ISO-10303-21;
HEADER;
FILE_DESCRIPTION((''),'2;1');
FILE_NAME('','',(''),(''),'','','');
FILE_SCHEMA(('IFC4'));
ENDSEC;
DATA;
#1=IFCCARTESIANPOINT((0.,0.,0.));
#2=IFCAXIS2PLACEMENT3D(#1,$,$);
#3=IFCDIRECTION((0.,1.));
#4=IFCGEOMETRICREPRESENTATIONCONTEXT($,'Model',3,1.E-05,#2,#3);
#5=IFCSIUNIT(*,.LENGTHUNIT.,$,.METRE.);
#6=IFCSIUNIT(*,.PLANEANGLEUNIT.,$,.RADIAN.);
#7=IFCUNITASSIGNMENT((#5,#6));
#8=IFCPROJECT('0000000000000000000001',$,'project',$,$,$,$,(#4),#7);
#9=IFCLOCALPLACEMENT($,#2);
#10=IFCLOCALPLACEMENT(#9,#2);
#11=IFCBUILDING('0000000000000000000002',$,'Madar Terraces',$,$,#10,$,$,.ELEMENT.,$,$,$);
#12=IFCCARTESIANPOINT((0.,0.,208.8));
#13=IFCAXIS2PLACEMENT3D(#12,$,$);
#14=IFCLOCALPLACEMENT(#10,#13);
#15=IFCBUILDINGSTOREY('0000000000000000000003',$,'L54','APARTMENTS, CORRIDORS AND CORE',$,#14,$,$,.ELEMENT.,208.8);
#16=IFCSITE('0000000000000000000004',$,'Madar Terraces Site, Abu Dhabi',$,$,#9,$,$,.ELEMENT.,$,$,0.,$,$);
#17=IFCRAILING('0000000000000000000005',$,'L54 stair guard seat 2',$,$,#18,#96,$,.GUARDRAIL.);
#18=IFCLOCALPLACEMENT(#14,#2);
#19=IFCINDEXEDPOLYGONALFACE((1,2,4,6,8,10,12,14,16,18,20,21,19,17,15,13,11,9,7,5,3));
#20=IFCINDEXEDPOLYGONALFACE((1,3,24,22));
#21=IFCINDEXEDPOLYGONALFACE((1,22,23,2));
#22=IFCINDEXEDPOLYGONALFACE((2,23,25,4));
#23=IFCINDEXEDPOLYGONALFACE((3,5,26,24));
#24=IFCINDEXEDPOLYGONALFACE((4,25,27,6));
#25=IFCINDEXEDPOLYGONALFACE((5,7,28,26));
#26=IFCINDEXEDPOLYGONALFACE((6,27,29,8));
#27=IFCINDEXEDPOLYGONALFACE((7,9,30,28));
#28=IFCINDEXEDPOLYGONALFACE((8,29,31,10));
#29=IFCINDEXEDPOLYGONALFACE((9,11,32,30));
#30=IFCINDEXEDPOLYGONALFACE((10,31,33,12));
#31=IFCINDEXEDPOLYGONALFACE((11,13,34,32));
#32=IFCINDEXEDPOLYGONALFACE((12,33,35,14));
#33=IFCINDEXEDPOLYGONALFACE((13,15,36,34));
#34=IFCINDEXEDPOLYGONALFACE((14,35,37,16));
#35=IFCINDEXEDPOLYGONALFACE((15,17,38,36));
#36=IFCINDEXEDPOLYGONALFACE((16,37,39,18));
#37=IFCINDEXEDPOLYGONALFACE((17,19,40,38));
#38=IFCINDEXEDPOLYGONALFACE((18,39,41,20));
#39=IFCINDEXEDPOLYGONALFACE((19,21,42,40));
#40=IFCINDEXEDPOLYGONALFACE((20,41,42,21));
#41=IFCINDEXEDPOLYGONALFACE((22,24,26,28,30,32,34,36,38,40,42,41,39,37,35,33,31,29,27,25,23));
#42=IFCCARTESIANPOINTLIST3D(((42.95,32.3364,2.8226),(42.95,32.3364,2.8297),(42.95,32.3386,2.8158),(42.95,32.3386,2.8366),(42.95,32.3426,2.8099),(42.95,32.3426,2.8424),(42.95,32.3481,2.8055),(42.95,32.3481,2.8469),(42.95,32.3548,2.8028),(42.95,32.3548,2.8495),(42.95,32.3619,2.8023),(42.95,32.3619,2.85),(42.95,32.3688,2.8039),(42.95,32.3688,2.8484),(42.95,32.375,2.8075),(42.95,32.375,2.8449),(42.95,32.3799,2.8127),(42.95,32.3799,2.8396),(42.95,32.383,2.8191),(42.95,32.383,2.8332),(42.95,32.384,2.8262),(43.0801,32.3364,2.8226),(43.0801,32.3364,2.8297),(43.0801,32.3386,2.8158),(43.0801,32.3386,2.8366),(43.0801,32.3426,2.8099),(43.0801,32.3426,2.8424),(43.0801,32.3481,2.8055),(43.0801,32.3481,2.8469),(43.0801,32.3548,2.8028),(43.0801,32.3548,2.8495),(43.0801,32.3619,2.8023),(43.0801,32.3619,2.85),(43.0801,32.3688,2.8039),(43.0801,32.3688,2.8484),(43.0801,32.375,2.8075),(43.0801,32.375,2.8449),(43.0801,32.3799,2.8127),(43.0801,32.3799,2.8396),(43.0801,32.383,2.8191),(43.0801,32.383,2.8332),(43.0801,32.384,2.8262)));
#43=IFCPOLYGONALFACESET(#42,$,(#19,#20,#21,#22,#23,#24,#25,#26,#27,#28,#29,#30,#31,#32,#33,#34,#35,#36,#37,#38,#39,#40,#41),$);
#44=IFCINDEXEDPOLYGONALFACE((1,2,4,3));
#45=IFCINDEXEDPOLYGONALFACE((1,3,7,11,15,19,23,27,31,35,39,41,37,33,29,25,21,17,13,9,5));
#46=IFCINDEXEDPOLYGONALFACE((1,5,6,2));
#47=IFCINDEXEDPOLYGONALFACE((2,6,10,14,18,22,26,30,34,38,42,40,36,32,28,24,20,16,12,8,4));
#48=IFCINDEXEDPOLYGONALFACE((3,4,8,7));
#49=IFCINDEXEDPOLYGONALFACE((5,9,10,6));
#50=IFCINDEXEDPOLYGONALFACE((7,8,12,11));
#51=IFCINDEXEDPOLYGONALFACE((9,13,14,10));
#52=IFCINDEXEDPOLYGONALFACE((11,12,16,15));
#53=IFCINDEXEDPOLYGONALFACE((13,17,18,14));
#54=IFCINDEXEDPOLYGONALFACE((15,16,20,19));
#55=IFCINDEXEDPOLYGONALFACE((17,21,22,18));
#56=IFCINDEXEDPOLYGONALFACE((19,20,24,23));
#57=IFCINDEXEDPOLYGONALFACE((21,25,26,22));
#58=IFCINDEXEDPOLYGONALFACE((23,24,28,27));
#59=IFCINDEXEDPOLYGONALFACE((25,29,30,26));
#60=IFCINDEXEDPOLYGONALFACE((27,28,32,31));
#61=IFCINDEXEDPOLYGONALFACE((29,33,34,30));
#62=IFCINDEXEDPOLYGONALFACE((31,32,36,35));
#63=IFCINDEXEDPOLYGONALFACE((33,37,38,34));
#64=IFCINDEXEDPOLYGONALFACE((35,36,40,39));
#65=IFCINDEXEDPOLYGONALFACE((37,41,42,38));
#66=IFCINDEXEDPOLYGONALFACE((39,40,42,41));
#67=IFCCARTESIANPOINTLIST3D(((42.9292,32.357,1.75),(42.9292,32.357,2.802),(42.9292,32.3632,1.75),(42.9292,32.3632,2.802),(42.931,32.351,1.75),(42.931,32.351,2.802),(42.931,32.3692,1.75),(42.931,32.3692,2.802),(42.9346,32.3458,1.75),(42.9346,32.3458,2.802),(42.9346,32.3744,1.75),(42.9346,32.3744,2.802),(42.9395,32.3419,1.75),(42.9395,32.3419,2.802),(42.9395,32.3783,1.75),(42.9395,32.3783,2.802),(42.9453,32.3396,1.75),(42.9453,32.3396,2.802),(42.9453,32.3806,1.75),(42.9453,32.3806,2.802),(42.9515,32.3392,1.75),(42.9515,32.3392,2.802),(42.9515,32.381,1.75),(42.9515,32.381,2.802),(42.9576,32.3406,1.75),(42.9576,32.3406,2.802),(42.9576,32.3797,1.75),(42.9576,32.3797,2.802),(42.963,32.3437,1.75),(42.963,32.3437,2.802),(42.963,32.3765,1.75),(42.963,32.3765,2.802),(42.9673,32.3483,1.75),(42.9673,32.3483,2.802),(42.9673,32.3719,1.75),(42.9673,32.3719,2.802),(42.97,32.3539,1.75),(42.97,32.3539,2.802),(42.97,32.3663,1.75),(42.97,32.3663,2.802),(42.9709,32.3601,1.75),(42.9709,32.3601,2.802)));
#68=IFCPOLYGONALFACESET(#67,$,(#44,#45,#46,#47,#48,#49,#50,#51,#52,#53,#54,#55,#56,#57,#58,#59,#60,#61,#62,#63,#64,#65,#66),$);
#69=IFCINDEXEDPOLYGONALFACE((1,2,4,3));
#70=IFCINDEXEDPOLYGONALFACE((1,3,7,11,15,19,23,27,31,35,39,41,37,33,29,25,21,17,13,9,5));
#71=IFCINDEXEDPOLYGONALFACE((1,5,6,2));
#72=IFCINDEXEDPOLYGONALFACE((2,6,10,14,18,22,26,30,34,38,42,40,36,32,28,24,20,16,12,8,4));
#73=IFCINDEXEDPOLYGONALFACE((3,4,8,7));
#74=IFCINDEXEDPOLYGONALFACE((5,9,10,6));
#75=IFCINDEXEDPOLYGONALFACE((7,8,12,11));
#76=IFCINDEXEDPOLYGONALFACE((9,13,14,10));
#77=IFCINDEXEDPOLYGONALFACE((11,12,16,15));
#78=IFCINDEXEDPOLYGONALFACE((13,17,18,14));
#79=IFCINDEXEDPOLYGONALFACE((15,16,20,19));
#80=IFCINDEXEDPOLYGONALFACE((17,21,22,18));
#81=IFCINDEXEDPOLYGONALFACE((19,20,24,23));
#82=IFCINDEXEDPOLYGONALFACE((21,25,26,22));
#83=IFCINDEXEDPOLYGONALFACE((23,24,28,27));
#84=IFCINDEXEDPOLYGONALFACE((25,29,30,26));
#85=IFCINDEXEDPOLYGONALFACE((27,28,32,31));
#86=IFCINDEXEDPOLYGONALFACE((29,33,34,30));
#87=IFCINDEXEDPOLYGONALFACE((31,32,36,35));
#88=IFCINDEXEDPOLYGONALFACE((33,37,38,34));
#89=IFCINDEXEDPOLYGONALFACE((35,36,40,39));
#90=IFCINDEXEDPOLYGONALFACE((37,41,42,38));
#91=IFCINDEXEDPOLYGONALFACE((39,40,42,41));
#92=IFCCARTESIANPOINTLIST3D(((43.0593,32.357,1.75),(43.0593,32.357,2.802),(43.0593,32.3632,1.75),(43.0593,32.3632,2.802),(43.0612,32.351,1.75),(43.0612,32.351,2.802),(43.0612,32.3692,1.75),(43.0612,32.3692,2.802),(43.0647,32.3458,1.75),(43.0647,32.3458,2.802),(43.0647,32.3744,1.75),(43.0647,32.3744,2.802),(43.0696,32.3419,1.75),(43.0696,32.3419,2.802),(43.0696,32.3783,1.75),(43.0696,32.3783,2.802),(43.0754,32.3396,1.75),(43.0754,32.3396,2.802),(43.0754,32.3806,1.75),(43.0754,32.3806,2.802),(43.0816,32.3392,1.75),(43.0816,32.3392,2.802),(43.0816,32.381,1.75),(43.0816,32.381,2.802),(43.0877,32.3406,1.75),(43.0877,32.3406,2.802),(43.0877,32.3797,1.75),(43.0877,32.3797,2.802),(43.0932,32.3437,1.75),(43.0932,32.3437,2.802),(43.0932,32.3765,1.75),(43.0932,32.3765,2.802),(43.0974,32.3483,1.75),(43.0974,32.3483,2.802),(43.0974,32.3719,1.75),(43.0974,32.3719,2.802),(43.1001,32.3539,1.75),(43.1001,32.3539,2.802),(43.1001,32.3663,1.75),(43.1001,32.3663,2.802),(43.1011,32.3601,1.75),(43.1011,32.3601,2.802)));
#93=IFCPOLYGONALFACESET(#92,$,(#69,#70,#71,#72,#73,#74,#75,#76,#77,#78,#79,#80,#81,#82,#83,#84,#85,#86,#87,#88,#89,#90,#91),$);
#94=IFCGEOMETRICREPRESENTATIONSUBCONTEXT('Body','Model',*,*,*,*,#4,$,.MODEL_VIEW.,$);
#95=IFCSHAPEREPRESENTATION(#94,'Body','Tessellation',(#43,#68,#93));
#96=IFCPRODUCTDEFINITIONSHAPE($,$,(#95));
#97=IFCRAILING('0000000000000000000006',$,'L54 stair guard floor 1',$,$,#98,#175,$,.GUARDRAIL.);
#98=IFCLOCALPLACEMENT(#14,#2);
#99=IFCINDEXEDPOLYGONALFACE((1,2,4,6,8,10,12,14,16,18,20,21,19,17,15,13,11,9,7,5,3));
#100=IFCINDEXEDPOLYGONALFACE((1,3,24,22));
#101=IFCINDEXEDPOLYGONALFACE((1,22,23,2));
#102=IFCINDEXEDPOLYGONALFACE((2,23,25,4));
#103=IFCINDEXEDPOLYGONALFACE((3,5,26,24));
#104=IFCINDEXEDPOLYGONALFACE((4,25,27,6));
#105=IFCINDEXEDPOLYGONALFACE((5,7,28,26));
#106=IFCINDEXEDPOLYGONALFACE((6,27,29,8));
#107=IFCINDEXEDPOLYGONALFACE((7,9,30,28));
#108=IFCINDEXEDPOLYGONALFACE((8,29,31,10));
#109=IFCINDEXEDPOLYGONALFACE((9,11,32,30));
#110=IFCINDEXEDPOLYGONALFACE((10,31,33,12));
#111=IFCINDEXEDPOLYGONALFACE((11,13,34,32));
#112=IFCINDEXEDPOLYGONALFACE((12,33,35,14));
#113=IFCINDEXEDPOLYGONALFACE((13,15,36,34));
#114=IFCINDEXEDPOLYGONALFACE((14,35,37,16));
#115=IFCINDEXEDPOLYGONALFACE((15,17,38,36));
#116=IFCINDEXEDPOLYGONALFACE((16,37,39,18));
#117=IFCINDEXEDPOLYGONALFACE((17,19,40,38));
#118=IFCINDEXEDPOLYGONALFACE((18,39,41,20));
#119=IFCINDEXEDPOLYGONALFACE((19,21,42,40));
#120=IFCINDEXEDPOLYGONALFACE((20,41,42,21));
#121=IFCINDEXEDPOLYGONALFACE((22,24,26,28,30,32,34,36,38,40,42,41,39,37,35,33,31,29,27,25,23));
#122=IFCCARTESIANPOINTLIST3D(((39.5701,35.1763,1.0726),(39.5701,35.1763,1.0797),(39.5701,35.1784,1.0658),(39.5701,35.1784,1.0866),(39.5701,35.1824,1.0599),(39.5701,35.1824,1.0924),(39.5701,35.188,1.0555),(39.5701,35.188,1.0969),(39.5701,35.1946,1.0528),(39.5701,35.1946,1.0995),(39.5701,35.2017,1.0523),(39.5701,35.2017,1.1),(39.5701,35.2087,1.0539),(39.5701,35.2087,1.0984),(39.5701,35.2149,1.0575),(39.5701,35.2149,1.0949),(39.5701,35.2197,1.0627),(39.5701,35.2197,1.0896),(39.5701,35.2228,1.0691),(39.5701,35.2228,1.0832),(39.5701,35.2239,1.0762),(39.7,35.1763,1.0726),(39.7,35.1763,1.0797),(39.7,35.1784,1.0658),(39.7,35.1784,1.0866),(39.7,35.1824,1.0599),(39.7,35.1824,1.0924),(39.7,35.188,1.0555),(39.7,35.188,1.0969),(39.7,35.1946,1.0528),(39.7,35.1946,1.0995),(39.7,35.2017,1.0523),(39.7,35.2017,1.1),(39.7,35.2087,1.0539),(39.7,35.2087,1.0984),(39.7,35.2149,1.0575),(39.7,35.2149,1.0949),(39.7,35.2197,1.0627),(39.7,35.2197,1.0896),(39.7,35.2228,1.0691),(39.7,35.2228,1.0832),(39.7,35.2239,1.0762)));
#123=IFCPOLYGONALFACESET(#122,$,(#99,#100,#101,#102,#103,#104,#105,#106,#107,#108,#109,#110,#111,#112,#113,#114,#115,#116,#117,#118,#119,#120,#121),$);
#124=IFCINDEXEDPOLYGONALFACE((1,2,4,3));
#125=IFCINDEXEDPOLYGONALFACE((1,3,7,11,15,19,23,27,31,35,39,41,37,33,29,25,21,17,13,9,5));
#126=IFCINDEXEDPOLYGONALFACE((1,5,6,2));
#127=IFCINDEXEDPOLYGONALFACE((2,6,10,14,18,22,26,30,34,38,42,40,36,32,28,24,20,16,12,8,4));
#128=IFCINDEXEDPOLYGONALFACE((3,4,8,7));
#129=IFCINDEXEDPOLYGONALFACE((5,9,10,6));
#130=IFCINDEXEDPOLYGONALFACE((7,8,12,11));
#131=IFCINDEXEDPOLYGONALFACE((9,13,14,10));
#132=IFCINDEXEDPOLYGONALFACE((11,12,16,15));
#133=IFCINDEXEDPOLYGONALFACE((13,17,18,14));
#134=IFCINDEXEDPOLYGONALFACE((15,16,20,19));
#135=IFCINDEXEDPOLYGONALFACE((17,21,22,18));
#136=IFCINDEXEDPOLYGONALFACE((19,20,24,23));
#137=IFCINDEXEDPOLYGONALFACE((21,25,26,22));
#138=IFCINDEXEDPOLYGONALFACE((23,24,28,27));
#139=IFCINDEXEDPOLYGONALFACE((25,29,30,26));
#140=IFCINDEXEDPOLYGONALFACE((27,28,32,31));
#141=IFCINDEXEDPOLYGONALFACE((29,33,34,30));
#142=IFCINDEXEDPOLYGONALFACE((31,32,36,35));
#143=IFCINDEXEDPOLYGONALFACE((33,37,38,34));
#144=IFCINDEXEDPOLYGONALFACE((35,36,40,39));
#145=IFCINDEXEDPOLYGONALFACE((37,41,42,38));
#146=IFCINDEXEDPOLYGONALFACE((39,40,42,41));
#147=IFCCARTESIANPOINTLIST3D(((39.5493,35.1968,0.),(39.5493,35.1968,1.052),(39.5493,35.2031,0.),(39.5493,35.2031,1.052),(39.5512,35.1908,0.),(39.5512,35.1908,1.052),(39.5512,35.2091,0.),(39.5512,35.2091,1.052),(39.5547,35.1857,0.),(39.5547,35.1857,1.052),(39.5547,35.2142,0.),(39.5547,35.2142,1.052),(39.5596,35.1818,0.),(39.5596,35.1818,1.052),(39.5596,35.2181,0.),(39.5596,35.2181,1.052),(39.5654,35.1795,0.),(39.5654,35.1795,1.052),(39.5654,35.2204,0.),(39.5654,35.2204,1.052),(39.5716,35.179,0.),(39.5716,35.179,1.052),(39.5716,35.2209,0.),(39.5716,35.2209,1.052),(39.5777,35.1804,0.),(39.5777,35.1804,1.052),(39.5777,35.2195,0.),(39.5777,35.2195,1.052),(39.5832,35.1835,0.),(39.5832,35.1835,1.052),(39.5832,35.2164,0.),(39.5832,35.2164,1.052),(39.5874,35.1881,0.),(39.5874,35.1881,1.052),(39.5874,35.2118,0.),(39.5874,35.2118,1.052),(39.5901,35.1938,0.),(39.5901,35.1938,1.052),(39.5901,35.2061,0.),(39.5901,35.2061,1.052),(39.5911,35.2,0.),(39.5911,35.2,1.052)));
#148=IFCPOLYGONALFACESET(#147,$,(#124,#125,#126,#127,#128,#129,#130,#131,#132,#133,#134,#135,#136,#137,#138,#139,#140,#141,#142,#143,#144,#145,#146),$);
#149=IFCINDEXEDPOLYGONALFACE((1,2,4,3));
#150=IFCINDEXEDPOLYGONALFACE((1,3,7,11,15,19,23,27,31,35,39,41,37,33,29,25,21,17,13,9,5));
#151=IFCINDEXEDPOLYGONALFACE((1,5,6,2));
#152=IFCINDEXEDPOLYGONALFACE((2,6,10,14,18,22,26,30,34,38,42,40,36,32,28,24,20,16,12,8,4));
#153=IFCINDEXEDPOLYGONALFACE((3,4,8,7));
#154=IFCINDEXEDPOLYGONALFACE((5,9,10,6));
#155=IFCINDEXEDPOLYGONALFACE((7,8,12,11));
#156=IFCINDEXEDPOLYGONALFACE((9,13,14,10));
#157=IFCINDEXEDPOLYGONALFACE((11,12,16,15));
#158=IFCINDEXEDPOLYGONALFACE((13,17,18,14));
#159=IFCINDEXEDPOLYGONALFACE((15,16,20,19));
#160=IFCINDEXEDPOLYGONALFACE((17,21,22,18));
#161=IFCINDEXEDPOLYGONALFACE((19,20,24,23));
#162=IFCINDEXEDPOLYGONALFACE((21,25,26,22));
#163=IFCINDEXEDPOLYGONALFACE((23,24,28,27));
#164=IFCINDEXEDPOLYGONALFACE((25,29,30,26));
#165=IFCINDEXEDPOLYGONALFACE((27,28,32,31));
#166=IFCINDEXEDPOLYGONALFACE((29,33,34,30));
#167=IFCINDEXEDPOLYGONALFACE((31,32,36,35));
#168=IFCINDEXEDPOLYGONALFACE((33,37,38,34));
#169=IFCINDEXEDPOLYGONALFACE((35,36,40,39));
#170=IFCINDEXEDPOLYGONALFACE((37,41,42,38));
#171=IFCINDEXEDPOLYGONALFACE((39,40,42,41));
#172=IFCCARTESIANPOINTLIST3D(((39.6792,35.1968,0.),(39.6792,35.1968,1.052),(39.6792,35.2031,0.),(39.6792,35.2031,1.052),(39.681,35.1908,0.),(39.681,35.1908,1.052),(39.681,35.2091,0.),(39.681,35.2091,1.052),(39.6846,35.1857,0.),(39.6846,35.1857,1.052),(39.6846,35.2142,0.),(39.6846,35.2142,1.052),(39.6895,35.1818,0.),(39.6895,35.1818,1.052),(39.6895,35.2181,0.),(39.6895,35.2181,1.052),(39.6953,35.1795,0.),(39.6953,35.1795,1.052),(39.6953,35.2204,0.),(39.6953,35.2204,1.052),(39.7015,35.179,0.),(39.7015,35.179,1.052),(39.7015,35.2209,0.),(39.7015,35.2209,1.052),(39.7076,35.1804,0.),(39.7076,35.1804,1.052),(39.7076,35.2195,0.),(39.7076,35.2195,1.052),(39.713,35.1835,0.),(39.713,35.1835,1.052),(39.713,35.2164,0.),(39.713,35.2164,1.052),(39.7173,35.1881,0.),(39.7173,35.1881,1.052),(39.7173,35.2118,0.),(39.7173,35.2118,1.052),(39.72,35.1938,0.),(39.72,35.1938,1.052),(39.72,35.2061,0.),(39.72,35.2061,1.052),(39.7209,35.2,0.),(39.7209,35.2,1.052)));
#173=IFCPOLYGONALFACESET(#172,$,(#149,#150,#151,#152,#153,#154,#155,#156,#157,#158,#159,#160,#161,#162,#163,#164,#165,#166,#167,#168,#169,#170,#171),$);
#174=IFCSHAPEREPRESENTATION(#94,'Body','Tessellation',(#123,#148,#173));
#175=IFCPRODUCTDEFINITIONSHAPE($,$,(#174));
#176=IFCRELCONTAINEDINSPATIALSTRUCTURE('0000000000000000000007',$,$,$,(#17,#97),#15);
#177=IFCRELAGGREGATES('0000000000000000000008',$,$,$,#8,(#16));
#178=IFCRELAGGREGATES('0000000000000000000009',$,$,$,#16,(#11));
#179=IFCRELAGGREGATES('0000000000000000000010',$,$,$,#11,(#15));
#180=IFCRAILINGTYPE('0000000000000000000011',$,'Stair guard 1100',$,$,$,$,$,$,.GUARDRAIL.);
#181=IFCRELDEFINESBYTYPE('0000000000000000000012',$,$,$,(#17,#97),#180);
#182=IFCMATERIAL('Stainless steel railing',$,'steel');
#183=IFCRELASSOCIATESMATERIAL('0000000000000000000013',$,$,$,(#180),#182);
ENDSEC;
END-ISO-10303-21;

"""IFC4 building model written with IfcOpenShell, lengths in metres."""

from ifc_helpers import new_model, si_unit, direction, frame, origin, origin_2d, place, context, subcontext, project, spatial, circle, extrude, material, type_object, element, save


model = new_model("IFC4")

# Units and contexts
model_context = context("Model", 3, precision=1e-05, world=origin(), true_north=direction((0.0, 1.0)))
body_context = subcontext(model_context, "Body", "Model", "MODEL_VIEW")
ifc_project = project(units=[si_unit("LENGTHUNIT", "METRE"), si_unit("PLANEANGLEUNIT", "RADIAN")], contexts=[model_context])

# Site, building, storey
site_placement = place(None, origin())
site = spatial("IfcSite", under=ifc_project, at=site_placement, Name="Madar Terraces Site, Abu Dhabi", CompositionType="ELEMENT", RefElevation=0.0)
building_placement = place(site_placement, origin())
building = spatial("IfcBuilding", under=site, at=building_placement, Name="Madar Terraces", CompositionType="ELEMENT")
storey_placement = place(building_placement, frame((0.0, 0.0, 208.8)))
storey = spatial("IfcBuildingStorey", under=building, at=storey_placement, Name="L54", Description="APARTMENTS, CORRIDORS AND CORE", CompositionType="ELEMENT", Elevation=208.8)

# Railings
ifc_material_1 = material(Name="Stainless steel railing", Category="steel")
railing_type_1 = type_object("IfcRailingType", Name="Stair guard 1100", PredefinedType="GUARDRAIL", material=ifc_material_1)
railing_1_placement = place(storey_placement, frame((42.95, 32.3601, 1.75)))
element("IfcRailing", 1, at=railing_1_placement, inside=storey, type_object=railing_type_1, Name="L54 stair guard seat 2", PredefinedType="GUARDRAIL", context=body_context, shape_type="SweptSolid", body=[
    extrude(circle(Radius=0.0239, at=origin_2d()), frame((0.0, 0.0, 1.0762), z_axis=(1.0, 0.0, 0.0), x_axis=(0.0, 1.0, 0.0)), (0.0, 0.0, 1.0), 0.1301),
    extrude(circle(Radius=0.021, at=origin_2d()), origin(), (0.0, 0.0, 1.0), 1.052),
    extrude(circle(Radius=0.021, at=origin_2d()), frame((0.1301, 0.0, 0.0)), (0.0, 0.0, 1.0), 1.052),
])
railing_2_placement = place(storey_placement, frame((39.5701, 35.2, 0.0)))
element("IfcRailing", 2, at=railing_2_placement, inside=storey, type_object=railing_type_1, Name="L54 stair guard floor 1", PredefinedType="GUARDRAIL", context=body_context, shape_type="SweptSolid", body=[
    extrude(circle(Radius=0.0239, at=origin_2d()), frame((0.0, 0.0, 1.0762), z_axis=(1.0, 0.0, 0.0), x_axis=(0.0, 1.0, 0.0)), (0.0, 0.0, 1.0), 0.1299),
    extrude(circle(Radius=0.021, at=origin_2d()), origin(), (0.0, 0.0, 1.0), 1.052),
    extrude(circle(Radius=0.021, at=origin_2d()), frame((0.1299, 0.0, 0.0)), (0.0, 0.0, 1.0), 1.052),
])

save(model, "model.ifc")
